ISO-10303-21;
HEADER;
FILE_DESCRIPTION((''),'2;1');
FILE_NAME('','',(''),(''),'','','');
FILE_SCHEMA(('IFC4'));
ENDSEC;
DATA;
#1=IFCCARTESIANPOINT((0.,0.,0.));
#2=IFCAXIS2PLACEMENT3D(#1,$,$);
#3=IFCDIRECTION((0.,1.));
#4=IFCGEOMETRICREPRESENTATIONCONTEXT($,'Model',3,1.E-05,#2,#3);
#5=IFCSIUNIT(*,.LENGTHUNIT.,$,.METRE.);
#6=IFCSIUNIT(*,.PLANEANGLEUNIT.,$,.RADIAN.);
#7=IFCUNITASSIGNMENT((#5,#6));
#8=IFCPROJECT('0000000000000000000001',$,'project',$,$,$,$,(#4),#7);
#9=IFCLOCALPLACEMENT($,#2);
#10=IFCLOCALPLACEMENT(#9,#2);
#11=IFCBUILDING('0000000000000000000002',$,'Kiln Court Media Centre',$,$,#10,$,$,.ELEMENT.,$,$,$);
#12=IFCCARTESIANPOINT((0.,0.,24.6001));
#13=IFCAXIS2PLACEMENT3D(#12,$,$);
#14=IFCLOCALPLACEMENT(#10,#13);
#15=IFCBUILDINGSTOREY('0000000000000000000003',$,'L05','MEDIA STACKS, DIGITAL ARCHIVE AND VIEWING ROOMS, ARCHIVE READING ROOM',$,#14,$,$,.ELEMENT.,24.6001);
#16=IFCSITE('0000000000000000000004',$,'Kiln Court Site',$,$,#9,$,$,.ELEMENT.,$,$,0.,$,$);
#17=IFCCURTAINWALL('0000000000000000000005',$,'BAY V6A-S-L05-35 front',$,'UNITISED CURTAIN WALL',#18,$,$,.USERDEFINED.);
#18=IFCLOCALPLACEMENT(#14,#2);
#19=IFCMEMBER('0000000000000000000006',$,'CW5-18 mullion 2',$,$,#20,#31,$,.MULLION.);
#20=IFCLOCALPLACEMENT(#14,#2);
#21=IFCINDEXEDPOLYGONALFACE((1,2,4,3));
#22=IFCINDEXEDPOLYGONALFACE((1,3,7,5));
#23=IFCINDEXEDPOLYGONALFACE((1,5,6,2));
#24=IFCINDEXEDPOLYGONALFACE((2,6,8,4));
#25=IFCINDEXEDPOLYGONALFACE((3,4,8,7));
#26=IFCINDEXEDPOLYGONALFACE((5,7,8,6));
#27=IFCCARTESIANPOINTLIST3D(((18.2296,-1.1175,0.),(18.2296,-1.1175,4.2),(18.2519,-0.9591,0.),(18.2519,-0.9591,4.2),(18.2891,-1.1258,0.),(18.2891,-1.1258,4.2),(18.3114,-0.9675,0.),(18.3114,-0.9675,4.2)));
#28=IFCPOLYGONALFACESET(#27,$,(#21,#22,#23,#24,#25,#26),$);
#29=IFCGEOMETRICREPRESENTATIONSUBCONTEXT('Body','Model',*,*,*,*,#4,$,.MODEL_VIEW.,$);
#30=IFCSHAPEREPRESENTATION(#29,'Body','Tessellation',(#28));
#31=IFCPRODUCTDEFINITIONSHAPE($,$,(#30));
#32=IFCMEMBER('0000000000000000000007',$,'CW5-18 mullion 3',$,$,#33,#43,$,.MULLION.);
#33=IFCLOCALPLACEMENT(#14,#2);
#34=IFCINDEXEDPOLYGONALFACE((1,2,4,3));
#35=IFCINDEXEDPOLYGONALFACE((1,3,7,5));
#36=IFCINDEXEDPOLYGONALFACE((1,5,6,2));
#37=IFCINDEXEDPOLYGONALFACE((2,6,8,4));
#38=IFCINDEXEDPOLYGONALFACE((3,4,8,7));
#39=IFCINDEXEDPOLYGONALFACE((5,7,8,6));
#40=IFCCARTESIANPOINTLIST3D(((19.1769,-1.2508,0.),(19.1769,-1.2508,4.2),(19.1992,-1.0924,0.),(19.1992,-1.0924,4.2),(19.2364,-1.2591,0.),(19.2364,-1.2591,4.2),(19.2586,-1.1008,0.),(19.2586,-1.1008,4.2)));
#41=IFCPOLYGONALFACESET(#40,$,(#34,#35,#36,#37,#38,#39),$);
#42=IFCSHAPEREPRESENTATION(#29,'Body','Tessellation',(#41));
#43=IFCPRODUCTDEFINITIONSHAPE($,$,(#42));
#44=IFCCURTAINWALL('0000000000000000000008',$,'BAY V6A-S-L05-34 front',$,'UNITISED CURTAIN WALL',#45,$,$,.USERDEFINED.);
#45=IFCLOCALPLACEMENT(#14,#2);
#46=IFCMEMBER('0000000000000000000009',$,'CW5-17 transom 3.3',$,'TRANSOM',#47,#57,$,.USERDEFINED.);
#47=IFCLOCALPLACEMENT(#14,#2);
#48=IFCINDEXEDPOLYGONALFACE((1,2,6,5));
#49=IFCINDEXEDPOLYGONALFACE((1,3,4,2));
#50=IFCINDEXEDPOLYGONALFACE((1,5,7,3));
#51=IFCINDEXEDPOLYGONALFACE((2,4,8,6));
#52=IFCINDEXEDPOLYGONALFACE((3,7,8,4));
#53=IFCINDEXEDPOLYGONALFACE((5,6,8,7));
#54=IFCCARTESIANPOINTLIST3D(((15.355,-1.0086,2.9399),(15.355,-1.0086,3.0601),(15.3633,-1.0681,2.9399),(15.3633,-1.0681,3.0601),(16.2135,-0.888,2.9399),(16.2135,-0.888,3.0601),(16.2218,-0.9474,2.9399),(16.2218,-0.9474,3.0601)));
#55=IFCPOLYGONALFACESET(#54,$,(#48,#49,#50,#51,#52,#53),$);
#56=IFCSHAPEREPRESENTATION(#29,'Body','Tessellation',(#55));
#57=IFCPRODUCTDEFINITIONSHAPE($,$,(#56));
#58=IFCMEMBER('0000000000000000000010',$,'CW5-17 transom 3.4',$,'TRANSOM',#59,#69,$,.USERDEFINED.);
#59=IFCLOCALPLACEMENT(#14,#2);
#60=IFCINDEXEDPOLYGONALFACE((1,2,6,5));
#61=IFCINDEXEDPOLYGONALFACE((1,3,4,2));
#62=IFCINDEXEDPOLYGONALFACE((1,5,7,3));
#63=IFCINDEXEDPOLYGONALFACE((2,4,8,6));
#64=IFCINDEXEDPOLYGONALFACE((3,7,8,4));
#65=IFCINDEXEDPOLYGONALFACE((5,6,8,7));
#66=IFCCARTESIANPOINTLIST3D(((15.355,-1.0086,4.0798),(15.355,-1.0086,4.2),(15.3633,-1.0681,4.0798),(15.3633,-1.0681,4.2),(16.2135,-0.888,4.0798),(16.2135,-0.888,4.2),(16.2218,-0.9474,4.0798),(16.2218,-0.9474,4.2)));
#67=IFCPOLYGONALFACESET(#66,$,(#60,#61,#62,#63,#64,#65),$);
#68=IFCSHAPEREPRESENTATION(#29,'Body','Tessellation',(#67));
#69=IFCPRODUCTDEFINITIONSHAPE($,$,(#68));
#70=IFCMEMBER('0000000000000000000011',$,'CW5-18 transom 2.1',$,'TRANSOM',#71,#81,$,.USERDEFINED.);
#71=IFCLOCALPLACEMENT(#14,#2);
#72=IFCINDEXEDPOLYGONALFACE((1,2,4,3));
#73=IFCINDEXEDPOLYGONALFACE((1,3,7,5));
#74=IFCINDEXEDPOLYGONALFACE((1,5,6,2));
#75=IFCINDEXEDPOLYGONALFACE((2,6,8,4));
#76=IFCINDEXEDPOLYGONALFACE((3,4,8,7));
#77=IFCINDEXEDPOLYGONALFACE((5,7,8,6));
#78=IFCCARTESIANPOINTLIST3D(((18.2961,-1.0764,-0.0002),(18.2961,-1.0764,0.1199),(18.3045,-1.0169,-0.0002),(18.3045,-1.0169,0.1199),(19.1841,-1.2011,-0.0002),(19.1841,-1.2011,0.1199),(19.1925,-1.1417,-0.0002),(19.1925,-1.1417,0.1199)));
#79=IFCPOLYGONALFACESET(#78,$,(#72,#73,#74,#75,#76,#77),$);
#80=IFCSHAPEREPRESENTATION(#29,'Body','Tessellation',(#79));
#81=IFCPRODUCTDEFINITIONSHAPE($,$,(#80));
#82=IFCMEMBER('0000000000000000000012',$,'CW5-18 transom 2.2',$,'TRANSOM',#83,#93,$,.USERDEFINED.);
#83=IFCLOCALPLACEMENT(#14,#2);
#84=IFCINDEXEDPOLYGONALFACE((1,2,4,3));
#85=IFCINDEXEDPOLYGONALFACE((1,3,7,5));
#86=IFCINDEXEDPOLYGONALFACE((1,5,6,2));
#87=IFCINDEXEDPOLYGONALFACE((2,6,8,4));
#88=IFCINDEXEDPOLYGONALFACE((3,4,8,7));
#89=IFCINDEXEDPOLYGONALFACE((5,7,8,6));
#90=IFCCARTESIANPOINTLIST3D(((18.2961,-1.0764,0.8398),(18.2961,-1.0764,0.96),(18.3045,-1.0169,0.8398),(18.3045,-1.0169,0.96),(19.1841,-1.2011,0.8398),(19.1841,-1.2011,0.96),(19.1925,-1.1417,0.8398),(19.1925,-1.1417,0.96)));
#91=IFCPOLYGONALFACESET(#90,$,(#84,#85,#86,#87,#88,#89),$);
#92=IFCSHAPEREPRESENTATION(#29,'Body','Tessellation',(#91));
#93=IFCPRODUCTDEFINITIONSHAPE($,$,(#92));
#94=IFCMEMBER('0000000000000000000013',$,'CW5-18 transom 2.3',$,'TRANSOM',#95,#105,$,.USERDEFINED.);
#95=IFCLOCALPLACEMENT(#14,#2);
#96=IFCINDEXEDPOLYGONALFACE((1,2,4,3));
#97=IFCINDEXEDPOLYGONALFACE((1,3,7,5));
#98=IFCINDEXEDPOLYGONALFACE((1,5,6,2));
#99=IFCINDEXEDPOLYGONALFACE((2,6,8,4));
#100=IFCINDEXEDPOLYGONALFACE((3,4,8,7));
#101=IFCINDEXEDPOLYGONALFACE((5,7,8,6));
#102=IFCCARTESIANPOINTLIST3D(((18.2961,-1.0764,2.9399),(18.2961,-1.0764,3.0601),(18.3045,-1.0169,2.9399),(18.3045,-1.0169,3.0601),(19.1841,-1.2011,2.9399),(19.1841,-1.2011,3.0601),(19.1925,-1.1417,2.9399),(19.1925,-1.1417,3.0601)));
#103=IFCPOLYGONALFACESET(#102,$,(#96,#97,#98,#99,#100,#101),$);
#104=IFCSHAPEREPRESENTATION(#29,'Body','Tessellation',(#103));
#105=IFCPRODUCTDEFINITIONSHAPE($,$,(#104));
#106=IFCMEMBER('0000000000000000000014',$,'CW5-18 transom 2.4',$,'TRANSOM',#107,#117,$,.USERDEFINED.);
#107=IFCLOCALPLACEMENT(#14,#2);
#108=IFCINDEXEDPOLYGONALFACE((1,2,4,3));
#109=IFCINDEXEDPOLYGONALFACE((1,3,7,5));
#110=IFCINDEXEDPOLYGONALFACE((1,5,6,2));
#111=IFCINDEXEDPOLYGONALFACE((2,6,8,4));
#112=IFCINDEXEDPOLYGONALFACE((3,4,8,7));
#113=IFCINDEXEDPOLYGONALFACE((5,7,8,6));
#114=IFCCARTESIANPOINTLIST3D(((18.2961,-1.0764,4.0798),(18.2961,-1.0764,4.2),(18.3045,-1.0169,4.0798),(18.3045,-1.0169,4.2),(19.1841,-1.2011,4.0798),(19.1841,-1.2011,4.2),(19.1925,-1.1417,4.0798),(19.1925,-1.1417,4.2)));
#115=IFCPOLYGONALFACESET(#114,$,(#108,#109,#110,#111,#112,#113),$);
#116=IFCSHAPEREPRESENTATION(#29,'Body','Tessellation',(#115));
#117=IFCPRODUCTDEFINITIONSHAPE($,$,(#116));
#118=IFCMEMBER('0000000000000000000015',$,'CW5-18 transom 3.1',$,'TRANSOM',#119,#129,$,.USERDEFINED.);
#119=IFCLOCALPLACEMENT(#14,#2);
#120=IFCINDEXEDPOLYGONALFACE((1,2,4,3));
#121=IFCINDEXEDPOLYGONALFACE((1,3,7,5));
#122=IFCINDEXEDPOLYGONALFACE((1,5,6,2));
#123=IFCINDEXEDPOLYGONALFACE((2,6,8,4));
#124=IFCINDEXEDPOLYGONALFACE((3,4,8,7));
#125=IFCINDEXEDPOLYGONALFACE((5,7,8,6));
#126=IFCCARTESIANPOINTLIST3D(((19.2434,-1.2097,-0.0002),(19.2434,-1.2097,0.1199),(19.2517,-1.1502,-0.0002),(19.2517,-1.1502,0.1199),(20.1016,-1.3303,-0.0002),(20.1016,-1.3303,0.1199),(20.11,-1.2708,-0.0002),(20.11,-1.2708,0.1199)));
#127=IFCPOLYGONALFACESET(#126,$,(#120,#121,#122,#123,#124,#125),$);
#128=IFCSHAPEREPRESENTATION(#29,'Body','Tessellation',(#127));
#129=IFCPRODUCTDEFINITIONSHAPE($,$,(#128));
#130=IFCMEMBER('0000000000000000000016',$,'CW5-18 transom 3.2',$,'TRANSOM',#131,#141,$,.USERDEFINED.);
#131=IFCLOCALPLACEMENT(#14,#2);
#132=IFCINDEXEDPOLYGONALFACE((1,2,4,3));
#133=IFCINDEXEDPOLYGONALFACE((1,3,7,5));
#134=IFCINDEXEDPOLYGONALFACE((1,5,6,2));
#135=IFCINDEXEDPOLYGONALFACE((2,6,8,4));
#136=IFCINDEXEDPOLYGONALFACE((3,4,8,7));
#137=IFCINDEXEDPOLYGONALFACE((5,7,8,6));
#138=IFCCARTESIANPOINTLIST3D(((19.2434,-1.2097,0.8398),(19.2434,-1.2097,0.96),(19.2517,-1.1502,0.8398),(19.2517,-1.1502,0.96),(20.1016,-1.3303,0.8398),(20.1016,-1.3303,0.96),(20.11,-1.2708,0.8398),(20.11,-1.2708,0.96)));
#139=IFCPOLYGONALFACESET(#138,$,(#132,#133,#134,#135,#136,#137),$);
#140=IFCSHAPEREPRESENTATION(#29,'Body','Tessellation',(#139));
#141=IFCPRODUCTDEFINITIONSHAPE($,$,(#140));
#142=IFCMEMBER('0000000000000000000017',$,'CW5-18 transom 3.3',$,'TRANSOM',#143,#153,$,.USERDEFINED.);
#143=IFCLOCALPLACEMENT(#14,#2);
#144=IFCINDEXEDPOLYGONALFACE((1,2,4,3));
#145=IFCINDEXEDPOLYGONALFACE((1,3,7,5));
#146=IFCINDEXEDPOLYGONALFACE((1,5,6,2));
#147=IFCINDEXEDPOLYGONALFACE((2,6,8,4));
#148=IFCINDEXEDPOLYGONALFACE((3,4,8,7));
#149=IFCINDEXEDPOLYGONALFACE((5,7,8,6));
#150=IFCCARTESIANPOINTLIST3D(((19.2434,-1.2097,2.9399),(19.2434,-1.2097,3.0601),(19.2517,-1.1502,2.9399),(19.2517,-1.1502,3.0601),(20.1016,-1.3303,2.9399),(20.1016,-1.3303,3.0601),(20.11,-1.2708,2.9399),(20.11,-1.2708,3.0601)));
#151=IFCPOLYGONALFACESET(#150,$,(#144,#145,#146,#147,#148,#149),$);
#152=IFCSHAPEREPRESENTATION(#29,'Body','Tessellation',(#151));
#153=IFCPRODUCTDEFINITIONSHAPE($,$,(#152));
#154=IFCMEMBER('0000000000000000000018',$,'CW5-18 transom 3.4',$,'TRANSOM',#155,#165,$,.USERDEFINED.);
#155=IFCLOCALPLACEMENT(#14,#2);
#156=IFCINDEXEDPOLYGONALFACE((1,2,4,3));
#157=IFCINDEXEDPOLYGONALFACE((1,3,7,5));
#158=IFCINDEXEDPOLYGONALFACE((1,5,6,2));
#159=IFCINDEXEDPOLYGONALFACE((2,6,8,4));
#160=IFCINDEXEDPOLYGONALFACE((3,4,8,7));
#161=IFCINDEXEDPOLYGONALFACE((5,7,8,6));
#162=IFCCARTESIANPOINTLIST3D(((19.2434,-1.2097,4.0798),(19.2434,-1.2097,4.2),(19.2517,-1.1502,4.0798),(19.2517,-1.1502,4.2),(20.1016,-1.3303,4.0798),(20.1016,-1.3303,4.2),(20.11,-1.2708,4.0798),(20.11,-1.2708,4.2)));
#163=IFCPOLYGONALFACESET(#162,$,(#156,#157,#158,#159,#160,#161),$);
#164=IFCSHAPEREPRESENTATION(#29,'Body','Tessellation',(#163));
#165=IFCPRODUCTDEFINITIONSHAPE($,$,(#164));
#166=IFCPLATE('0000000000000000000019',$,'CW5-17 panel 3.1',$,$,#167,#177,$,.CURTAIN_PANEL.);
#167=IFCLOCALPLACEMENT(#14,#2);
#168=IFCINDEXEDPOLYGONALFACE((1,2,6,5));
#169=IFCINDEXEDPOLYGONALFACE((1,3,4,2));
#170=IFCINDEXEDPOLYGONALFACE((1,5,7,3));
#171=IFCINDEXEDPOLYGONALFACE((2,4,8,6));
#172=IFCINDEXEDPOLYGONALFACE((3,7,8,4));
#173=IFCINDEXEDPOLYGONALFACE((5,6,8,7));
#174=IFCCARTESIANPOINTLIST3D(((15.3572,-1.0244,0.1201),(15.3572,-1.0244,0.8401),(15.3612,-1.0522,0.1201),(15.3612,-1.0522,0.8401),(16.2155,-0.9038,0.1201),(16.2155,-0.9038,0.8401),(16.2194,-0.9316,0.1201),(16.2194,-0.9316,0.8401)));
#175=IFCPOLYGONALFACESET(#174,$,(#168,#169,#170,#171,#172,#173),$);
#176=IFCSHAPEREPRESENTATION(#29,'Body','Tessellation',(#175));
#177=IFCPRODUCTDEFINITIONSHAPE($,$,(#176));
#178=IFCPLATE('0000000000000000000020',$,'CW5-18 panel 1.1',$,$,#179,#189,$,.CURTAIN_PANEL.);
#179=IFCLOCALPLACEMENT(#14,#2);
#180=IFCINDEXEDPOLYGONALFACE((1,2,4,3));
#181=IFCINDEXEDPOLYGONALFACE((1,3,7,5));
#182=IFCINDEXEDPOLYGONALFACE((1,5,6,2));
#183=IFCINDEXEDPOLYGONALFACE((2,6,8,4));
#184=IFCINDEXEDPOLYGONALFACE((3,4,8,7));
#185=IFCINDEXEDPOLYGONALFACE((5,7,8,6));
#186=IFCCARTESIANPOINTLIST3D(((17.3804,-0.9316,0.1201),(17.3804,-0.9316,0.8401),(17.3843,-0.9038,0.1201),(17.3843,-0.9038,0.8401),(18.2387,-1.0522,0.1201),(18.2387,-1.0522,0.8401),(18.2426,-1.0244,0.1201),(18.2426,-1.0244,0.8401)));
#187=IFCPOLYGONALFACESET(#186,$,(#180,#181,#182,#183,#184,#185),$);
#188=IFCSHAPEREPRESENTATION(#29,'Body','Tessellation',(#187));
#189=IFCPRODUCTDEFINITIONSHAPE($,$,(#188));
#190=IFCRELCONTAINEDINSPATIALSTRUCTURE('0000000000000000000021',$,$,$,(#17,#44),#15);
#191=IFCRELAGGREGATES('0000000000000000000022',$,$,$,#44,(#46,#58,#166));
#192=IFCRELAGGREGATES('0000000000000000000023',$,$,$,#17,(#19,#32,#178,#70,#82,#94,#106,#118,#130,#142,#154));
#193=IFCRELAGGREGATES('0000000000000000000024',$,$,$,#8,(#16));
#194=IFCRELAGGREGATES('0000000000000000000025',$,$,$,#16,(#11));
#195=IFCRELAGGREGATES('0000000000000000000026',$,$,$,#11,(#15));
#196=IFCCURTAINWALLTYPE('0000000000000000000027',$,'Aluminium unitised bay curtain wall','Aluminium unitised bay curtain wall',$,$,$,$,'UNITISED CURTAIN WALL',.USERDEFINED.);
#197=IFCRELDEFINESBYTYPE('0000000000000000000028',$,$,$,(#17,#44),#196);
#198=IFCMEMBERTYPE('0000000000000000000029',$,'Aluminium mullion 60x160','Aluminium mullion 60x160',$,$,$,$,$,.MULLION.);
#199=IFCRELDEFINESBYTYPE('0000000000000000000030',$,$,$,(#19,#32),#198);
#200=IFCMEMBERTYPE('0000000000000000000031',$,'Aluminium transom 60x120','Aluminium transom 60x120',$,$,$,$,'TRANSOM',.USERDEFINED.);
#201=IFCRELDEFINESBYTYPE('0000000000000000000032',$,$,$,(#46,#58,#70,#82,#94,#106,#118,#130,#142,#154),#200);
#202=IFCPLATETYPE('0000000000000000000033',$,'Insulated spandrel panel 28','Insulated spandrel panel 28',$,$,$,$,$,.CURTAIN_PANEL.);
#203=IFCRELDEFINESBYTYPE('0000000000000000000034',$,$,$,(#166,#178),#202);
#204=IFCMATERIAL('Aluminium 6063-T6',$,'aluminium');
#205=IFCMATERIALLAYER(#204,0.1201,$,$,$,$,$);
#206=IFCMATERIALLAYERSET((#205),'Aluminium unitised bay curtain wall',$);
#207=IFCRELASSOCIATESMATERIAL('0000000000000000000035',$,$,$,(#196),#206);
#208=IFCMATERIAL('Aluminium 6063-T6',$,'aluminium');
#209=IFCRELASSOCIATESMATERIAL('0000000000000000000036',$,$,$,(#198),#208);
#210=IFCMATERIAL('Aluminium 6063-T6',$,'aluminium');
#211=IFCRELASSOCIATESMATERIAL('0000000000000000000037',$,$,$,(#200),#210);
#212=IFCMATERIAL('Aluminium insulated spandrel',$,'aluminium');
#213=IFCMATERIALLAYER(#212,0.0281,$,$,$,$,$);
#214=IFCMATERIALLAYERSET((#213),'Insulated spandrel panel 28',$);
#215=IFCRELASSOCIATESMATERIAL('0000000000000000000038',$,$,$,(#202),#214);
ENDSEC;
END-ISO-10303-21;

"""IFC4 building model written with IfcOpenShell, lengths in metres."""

from ifc_helpers import new_model, si_unit, direction, frame, origin, origin_2d, place, context, subcontext, project, spatial, rectangle, extrude, material, layer, layer_set, material_profile, profile_set, type_object, element, aggregate, save


model = new_model("IFC4")

# Units and contexts
model_context = context("Model", 3, precision=1e-05, world=origin(), true_north=direction((0.0, 1.0)))
body_context = subcontext(model_context, "Body", "Model", "MODEL_VIEW")
ifc_project = project(units=[si_unit("LENGTHUNIT", "METRE"), si_unit("PLANEANGLEUNIT", "RADIAN")], contexts=[model_context])

# Site, building, storey
site_placement = place(None, origin())
site = spatial("IfcSite", under=ifc_project, at=site_placement, Name="Kiln Court Site", CompositionType="ELEMENT", RefElevation=0.0)
building_placement = place(site_placement, origin())
building = spatial("IfcBuilding", under=site, at=building_placement, Name="Kiln Court Media Centre", CompositionType="ELEMENT")
storey_placement = place(building_placement, frame((0.0, 0.0, 24.6001)))
storey = spatial("IfcBuildingStorey", under=building, at=storey_placement, Name="L05", Description="MEDIA STACKS, DIGITAL ARCHIVE AND VIEWING ROOMS, ARCHIVE READING ROOM", CompositionType="ELEMENT", Elevation=24.6001)

# Curtain walls, members
ifc_material_1 = material(Name="Aluminium 6063-T6", Category="aluminium")
ifc_layer_1 = layer(ifc_material_1, 0.1201)
ifc_layer_set_1 = layer_set([ifc_layer_1], Name="Aluminium unitised bay curtain wall")
curtain_wall_type = type_object("IfcCurtainWallType", Name="Aluminium unitised bay curtain wall", Description="Aluminium unitised bay curtain wall", ElementType="UNITISED CURTAIN WALL", PredefinedType="USERDEFINED", material=ifc_layer_set_1)
curtain_wall_1_placement = place(storey_placement, origin())
curtain_wall_1 = element("IfcCurtainWall", 1, at=curtain_wall_1_placement, inside=storey, type_object=curtain_wall_type, Name="BAY V6A-S-L05-35 front", ObjectType="UNITISED CURTAIN WALL", PredefinedType="USERDEFINED")
ifc_material_2 = material(Name="Aluminium 6063-T6", Category="aluminium")
ifc_material_profile_1 = material_profile(ifc_material_2, rectangle(XDim=0.0601, YDim=0.1599, at=origin_2d()), Name="Aluminium mullion 60x160")
ifc_profile_set_1 = profile_set([ifc_material_profile_1], Name="Aluminium 6063-T6")
member_type_1 = type_object("IfcMemberType", Name="Aluminium mullion 60x160", Description="Aluminium mullion 60x160", PredefinedType="MULLION", material=ifc_profile_set_1)
member_1_placement = place(storey_placement, frame((18.2705, -1.0425, 0.0), z_axis=(0.0, 0.0, 1.0), x_axis=(0.99027, -0.139162, 0.0)))
member_1 = element("IfcMember", 2, at=member_1_placement, type_object=member_type_1, Name="CW5-18 mullion 2", PredefinedType="MULLION", context=body_context, shape_type="SweptSolid", body=[
    extrude(rectangle(XDim=0.0601, YDim=0.1599, at=origin_2d()), origin(), (0.0, 0.0, 1.0), 4.2),
])
member_2_placement = place(storey_placement, frame((19.2178, -1.1758, 0.0), z_axis=(0.0, 0.0, 1.0), x_axis=(0.99027, -0.139162, 0.0)))
member_2 = element("IfcMember", 3, at=member_2_placement, type_object=member_type_1, Name="CW5-18 mullion 3", PredefinedType="MULLION", context=body_context, shape_type="SweptSolid", body=[
    extrude(rectangle(XDim=0.0601, YDim=0.1599, at=origin_2d()), origin(), (0.0, 0.0, 1.0), 4.2),
])
curtain_wall_2_placement = place(storey_placement, origin())
curtain_wall_2 = element("IfcCurtainWall", 4, at=curtain_wall_2_placement, inside=storey, type_object=curtain_wall_type, Name="BAY V6A-S-L05-34 front", ObjectType="UNITISED CURTAIN WALL", PredefinedType="USERDEFINED")
ifc_material_3 = material(Name="Aluminium 6063-T6", Category="aluminium")
ifc_material_profile_2 = material_profile(ifc_material_3, rectangle(XDim=0.0601, YDim=0.1201, at=origin_2d()), Name="Aluminium transom 60x120")
ifc_profile_set_2 = profile_set([ifc_material_profile_2], Name="Aluminium 6063-T6")
member_type_2 = type_object("IfcMemberType", Name="Aluminium transom 60x120", Description="Aluminium transom 60x120", ElementType="TRANSOM", PredefinedType="USERDEFINED", material=ifc_profile_set_2)
member_3_placement = place(storey_placement, frame((15.3591, -1.0383, 3.0), z_axis=(0.990274, 0.139134, 0.0), x_axis=(-0.139134, 0.990274, 0.0)))
member_3 = element("IfcMember", 5, at=member_3_placement, type_object=member_type_2, Name="CW5-17 transom 3.3", ObjectType="TRANSOM", PredefinedType="USERDEFINED", context=body_context, shape_type="SweptSolid", body=[
    extrude(rectangle(XDim=0.0601, YDim=0.1201, at=origin_2d()), origin(), (0.0, 0.0, 1.0), 0.8669),
])
member_4_placement = place(storey_placement, frame((15.3591, -1.0383, 4.1399), z_axis=(0.990274, 0.139134, 0.0), x_axis=(-0.139134, 0.990274, 0.0)))
member_4 = element("IfcMember", 6, at=member_4_placement, type_object=member_type_2, Name="CW5-17 transom 3.4", ObjectType="TRANSOM", PredefinedType="USERDEFINED", context=body_context, shape_type="SweptSolid", body=[
    extrude(rectangle(XDim=0.0601, YDim=0.1201, at=origin_2d()), origin(), (0.0, 0.0, 1.0), 0.8669),
])

# Members
member_5_placement = place(storey_placement, frame((18.3003, -1.0466, 0.0598), z_axis=(0.990274, -0.139134, 0.0), x_axis=(0.139134, 0.990274, 0.0)))
member_5 = element("IfcMember", 7, at=member_5_placement, type_object=member_type_2, Name="CW5-18 transom 2.1", ObjectType="TRANSOM", PredefinedType="USERDEFINED", context=body_context, shape_type="SweptSolid", body=[
    extrude(rectangle(XDim=0.0601, YDim=0.1201, at=origin_2d()), origin(), (0.0, 0.0, 1.0), 0.8967),
])
member_6_placement = place(storey_placement, frame((18.3003, -1.0466, 0.8999), z_axis=(0.990274, -0.139134, 0.0), x_axis=(0.139134, 0.990274, 0.0)))
member_6 = element("IfcMember", 8, at=member_6_placement, type_object=member_type_2, Name="CW5-18 transom 2.2", ObjectType="TRANSOM", PredefinedType="USERDEFINED", context=body_context, shape_type="SweptSolid", body=[
    extrude(rectangle(XDim=0.0601, YDim=0.1201, at=origin_2d()), origin(), (0.0, 0.0, 1.0), 0.8967),
])
member_7_placement = place(storey_placement, frame((18.3003, -1.0466, 3.0), z_axis=(0.990274, -0.139134, 0.0), x_axis=(0.139134, 0.990274, 0.0)))
member_7 = element("IfcMember", 9, at=member_7_placement, type_object=member_type_2, Name="CW5-18 transom 2.3", ObjectType="TRANSOM", PredefinedType="USERDEFINED", context=body_context, shape_type="SweptSolid", body=[
    extrude(rectangle(XDim=0.0601, YDim=0.1201, at=origin_2d()), origin(), (0.0, 0.0, 1.0), 0.8967),
])
member_8_placement = place(storey_placement, frame((18.3003, -1.0466, 4.1399), z_axis=(0.990274, -0.139134, 0.0), x_axis=(0.139134, 0.990274, 0.0)))
member_8 = element("IfcMember", 10, at=member_8_placement, type_object=member_type_2, Name="CW5-18 transom 2.4", ObjectType="TRANSOM", PredefinedType="USERDEFINED", context=body_context, shape_type="SweptSolid", body=[
    extrude(rectangle(XDim=0.0601, YDim=0.1201, at=origin_2d()), origin(), (0.0, 0.0, 1.0), 0.8967),
])
member_9_placement = place(storey_placement, frame((19.2476, -1.1799, 0.0598), z_axis=(0.990268, -0.139173, 0.0), x_axis=(0.139173, 0.990268, 0.0)))
member_9 = element("IfcMember", 11, at=member_9_placement, type_object=member_type_2, Name="CW5-18 transom 3.1", ObjectType="TRANSOM", PredefinedType="USERDEFINED", context=body_context, shape_type="SweptSolid", body=[
    extrude(rectangle(XDim=0.0601, YDim=0.1201, at=origin_2d()), origin(), (0.0, 0.0, 1.0), 0.8667),
])
member_10_placement = place(storey_placement, frame((19.2476, -1.1799, 0.8999), z_axis=(0.990268, -0.139173, 0.0), x_axis=(0.139173, 0.990268, 0.0)))
member_10 = element("IfcMember", 12, at=member_10_placement, type_object=member_type_2, Name="CW5-18 transom 3.2", ObjectType="TRANSOM", PredefinedType="USERDEFINED", context=body_context, shape_type="SweptSolid", body=[
    extrude(rectangle(XDim=0.0601, YDim=0.1201, at=origin_2d()), origin(), (0.0, 0.0, 1.0), 0.8667),
])
member_11_placement = place(storey_placement, frame((19.2476, -1.1799, 3.0), z_axis=(0.990268, -0.139173, 0.0), x_axis=(0.139173, 0.990268, 0.0)))
member_11 = element("IfcMember", 13, at=member_11_placement, type_object=member_type_2, Name="CW5-18 transom 3.3", ObjectType="TRANSOM", PredefinedType="USERDEFINED", context=body_context, shape_type="SweptSolid", body=[
    extrude(rectangle(XDim=0.0601, YDim=0.1201, at=origin_2d()), origin(), (0.0, 0.0, 1.0), 0.8667),
])
member_12_placement = place(storey_placement, frame((19.2476, -1.1799, 4.1399), z_axis=(0.990268, -0.139173, 0.0), x_axis=(0.139173, 0.990268, 0.0)))
member_12 = element("IfcMember", 14, at=member_12_placement, type_object=member_type_2, Name="CW5-18 transom 3.4", ObjectType="TRANSOM", PredefinedType="USERDEFINED", context=body_context, shape_type="SweptSolid", body=[
    extrude(rectangle(XDim=0.0601, YDim=0.1201, at=origin_2d()), origin(), (0.0, 0.0, 1.0), 0.8667),
])

# Plates
ifc_material_4 = material(Name="Aluminium insulated spandrel", Category="aluminium")
ifc_layer_2 = layer(ifc_material_4, 0.0281)
ifc_layer_set_2 = layer_set([ifc_layer_2], Name="Insulated spandrel panel 28")
plate_type_1 = type_object("IfcPlateType", Name="Insulated spandrel panel 28", Description="Insulated spandrel panel 28", PredefinedType="CURTAIN_PANEL", material=ifc_layer_set_2)
plate_1_placement = place(storey_placement, frame((15.7883, -0.978, 0.1201), z_axis=(0.0, 0.0, 1.0), x_axis=(0.99027, 0.139162, 0.0)))
plate_1 = element("IfcPlate", 15, at=plate_1_placement, type_object=plate_type_1, Name="CW5-17 panel 3.1", PredefinedType="CURTAIN_PANEL", context=body_context, shape_type="SweptSolid", body=[
    extrude(rectangle(XDim=0.8667, YDim=0.0281, at=origin_2d()), origin(), (0.0, 0.0, 1.0), 0.72),
])
plate_2_placement = place(storey_placement, frame((17.8115, -0.978, 0.1201), z_axis=(0.0, 0.0, 1.0), x_axis=(0.99027, -0.139162, 0.0)))
plate_2 = element("IfcPlate", 16, at=plate_2_placement, type_object=plate_type_1, Name="CW5-18 panel 1.1", PredefinedType="CURTAIN_PANEL", context=body_context, shape_type="SweptSolid", body=[
    extrude(rectangle(XDim=0.8667, YDim=0.0281, at=origin_2d()), origin(), (0.0, 0.0, 1.0), 0.72),
])
aggregate(curtain_wall_2, [member_3, member_4, plate_1])
aggregate(curtain_wall_1, [member_1, member_2, plate_2, member_5, member_6, member_7, member_8, member_9, member_10, member_11, member_12])

save(model, "model.ifc")
